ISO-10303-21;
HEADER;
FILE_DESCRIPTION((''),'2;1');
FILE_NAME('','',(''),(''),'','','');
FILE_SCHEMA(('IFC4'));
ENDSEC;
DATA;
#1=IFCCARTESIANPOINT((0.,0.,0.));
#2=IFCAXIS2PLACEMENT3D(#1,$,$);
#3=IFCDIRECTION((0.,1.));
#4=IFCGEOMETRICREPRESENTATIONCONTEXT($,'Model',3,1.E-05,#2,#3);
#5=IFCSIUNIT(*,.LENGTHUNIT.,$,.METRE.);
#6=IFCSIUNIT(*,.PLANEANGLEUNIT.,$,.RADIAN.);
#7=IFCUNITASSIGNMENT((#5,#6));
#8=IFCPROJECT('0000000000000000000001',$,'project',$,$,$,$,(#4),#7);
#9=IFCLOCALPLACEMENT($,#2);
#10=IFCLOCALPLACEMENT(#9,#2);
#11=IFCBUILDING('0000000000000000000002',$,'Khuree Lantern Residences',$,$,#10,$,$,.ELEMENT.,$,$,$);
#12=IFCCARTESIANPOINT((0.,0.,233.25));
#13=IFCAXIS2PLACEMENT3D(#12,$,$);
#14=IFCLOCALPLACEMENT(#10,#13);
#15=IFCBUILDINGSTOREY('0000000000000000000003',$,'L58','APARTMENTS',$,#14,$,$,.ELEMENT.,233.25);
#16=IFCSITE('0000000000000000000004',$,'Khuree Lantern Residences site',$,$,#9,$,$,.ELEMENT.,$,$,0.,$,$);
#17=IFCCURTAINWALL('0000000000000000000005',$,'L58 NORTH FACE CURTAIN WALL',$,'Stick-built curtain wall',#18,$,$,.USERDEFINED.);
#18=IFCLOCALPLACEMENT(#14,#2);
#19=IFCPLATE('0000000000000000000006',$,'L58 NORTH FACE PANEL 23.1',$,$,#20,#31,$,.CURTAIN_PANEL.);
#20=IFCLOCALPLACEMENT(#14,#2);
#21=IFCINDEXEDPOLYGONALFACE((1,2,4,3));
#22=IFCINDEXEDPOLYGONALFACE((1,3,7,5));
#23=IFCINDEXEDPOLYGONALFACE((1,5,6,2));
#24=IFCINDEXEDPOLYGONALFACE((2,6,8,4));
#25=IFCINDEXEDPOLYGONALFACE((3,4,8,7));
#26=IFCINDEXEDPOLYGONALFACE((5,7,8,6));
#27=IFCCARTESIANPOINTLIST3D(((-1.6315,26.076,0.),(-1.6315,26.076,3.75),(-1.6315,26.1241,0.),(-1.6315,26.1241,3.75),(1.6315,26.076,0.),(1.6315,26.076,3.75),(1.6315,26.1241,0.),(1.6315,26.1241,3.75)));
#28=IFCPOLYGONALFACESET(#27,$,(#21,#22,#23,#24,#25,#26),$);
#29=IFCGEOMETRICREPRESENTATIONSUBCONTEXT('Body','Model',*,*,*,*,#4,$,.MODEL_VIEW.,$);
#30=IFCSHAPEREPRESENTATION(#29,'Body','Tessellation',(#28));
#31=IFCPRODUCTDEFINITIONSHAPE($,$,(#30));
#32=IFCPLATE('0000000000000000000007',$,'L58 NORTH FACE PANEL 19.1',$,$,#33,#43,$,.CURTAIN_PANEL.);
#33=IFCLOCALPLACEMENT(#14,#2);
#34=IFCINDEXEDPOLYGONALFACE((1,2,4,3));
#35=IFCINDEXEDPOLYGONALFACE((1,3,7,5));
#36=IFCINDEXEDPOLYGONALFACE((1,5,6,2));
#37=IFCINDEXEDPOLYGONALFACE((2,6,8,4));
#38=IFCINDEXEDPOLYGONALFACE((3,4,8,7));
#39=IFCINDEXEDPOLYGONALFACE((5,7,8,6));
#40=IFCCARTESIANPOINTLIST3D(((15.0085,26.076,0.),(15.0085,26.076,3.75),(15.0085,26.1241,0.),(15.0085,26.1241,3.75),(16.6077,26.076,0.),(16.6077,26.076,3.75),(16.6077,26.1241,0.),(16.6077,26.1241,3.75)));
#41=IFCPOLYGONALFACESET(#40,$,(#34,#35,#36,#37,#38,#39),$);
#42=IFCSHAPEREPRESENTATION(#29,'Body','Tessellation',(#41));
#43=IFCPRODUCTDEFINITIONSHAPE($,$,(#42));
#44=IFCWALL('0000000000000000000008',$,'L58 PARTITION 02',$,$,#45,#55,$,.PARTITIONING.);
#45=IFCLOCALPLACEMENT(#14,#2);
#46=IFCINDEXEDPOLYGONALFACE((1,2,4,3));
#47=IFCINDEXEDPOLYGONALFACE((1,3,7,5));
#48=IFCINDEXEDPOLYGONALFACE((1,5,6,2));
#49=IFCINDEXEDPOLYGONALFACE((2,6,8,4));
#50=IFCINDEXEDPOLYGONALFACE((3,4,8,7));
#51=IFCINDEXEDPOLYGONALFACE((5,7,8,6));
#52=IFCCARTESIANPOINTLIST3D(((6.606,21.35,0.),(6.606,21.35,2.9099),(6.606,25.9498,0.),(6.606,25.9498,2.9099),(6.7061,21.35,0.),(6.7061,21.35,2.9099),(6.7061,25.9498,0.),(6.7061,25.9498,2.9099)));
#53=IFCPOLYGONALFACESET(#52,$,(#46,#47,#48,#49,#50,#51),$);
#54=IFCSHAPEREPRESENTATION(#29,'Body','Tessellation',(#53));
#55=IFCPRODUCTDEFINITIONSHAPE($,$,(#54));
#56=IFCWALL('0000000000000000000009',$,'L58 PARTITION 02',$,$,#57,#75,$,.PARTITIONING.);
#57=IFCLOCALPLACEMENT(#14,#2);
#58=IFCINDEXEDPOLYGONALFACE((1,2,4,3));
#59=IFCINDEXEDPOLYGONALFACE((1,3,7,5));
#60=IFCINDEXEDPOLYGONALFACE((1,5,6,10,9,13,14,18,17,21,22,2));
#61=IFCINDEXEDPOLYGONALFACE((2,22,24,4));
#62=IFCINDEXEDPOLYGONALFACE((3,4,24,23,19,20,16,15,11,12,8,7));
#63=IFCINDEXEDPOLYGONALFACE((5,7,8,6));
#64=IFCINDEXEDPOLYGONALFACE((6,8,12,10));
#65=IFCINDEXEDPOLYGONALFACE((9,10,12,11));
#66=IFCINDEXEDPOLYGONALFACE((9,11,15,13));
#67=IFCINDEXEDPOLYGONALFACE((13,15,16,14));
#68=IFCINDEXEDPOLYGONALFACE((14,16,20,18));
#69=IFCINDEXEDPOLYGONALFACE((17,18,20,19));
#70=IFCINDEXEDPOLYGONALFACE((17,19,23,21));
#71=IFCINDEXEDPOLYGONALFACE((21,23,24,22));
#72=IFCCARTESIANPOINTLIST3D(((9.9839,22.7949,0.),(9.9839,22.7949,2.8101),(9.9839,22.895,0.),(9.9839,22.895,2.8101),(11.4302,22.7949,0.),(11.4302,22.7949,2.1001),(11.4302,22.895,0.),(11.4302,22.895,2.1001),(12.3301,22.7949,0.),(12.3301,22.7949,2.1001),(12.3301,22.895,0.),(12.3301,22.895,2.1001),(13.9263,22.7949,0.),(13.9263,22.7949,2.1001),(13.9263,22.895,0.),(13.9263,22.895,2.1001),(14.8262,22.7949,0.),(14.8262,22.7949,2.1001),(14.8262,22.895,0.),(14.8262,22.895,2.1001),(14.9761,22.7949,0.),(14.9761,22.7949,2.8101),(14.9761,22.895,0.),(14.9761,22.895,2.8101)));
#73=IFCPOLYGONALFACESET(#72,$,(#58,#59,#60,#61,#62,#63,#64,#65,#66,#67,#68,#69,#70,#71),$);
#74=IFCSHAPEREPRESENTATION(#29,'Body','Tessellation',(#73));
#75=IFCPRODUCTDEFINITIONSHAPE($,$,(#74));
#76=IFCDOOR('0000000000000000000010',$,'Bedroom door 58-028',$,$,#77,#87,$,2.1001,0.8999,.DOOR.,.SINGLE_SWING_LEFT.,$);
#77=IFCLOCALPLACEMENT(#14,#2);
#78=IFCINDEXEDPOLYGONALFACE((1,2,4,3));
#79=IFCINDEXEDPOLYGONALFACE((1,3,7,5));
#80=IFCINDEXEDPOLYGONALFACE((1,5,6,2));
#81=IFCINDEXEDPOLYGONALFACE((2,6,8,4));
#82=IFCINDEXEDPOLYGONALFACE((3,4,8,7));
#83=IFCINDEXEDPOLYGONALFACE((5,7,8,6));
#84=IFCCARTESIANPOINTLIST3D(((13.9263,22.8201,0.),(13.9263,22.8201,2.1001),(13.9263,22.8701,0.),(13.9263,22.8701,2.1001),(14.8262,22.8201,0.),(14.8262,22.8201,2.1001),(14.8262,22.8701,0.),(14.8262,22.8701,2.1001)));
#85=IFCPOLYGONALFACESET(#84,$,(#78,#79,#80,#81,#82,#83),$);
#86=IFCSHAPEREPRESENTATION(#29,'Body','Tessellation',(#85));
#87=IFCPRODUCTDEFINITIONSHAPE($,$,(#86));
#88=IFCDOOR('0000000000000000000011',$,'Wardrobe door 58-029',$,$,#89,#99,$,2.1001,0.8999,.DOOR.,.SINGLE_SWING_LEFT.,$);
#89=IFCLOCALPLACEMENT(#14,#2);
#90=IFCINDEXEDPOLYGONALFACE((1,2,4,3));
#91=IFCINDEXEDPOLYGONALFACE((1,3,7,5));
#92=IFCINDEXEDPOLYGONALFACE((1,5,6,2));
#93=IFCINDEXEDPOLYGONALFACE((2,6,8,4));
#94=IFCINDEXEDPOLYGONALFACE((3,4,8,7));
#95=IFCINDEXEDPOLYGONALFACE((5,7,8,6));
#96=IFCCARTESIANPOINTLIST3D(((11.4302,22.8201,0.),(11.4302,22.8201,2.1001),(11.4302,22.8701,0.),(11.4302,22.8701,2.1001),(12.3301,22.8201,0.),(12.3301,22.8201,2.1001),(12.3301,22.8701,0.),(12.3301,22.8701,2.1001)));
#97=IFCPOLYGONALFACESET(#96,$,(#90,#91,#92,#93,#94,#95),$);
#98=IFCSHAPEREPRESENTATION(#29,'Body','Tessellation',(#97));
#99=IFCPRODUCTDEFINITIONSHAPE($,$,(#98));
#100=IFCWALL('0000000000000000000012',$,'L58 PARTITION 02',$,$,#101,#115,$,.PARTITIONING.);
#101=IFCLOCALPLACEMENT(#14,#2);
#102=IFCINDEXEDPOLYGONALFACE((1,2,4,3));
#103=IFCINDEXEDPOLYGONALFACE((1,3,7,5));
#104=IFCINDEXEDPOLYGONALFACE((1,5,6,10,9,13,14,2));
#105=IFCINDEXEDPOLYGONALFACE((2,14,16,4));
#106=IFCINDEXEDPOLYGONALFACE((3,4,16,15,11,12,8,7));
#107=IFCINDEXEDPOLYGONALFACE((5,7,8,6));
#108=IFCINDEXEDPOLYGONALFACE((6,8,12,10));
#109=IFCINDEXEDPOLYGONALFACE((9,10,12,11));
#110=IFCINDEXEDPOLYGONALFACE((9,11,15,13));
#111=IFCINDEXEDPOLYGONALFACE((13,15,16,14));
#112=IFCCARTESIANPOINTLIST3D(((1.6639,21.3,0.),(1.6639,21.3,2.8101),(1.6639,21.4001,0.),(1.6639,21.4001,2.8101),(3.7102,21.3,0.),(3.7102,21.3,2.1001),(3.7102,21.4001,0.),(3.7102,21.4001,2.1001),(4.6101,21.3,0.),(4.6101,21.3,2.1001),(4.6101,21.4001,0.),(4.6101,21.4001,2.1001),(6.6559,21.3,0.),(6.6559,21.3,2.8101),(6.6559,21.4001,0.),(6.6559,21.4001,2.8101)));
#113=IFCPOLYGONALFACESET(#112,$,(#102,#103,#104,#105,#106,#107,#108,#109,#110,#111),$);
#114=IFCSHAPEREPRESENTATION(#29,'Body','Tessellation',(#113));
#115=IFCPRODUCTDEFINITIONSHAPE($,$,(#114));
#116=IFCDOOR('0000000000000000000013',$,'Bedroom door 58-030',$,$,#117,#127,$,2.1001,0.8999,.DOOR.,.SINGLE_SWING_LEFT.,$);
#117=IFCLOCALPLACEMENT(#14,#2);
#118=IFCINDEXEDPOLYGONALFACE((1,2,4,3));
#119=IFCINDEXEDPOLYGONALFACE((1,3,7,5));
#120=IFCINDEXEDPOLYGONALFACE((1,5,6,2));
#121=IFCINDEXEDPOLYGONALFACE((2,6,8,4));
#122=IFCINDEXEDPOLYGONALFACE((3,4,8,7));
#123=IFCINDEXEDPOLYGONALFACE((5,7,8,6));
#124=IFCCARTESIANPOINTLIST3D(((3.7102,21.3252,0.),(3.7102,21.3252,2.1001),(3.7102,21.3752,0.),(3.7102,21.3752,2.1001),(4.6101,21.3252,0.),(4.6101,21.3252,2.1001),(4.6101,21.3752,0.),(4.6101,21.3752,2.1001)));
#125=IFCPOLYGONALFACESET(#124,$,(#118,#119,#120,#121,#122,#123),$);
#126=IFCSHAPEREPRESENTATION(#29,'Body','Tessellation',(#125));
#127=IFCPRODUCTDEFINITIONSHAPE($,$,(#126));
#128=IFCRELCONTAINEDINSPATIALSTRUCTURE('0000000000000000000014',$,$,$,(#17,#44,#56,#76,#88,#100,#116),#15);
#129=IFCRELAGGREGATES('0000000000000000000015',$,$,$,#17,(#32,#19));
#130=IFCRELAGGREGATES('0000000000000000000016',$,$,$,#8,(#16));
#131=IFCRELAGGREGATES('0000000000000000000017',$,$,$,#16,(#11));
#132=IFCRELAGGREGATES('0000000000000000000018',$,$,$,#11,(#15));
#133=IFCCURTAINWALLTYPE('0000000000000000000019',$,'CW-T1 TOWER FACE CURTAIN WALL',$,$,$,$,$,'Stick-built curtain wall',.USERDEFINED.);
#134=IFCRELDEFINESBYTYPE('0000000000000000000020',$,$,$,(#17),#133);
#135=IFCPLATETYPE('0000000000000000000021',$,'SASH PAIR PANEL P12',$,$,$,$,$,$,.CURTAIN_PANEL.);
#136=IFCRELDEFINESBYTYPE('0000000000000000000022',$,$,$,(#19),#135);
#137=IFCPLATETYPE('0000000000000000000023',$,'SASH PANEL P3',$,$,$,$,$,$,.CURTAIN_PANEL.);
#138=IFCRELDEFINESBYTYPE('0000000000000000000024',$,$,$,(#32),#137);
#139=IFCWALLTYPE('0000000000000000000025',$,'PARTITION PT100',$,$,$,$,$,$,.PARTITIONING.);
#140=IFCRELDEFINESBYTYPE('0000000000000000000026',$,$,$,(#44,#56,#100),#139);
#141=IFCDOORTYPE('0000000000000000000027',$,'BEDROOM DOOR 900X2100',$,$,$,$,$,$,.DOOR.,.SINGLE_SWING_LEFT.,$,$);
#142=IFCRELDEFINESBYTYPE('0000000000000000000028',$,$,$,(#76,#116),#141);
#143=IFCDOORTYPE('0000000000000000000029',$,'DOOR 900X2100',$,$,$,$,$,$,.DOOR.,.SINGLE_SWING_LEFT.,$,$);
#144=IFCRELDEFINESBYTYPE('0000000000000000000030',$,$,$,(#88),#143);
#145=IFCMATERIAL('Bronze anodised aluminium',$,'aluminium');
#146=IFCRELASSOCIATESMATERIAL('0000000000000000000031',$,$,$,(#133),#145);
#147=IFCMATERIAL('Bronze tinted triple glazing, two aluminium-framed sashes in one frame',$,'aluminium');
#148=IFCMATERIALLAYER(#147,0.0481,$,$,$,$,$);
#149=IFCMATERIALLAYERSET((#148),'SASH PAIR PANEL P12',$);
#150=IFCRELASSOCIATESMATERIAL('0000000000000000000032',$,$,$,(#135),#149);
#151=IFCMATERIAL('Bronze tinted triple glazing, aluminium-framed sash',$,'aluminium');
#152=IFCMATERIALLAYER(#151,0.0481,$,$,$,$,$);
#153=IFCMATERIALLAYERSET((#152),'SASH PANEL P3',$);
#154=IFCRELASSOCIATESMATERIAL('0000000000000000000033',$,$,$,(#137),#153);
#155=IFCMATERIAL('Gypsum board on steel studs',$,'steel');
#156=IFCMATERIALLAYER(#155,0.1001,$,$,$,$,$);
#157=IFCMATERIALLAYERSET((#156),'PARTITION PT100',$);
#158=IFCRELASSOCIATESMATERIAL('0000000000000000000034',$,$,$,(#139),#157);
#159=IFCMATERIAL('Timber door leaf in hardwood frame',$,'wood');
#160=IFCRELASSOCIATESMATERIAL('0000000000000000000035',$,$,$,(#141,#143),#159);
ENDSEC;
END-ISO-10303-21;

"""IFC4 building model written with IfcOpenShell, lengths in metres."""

from ifc_helpers import new_model, si_unit, direction, frame, frame_2d, origin, origin_2d, place, context, subcontext, project, spatial, rectangle, extrude, material, layer, layer_set, type_object, element, fill, aggregate, save


model = new_model("IFC4")

# Units and contexts
model_context = context("Model", 3, precision=1e-05, world=origin(), true_north=direction((0.0, 1.0)))
body_context = subcontext(model_context, "Body", "Model", "MODEL_VIEW")
ifc_project = project(units=[si_unit("LENGTHUNIT", "METRE"), si_unit("PLANEANGLEUNIT", "RADIAN")], contexts=[model_context])

# Site, building, storey
site_placement = place(None, origin())
site = spatial("IfcSite", under=ifc_project, at=site_placement, Name="Khuree Lantern Residences site", CompositionType="ELEMENT", RefElevation=0.0)
building_placement = place(site_placement, origin())
building = spatial("IfcBuilding", under=site, at=building_placement, Name="Khuree Lantern Residences", CompositionType="ELEMENT")
storey_placement = place(building_placement, frame((0.0, 0.0, 233.25)))
storey = spatial("IfcBuildingStorey", under=building, at=storey_placement, Name="L58", Description="APARTMENTS", CompositionType="ELEMENT", Elevation=233.25)

# Curtain wall
ifc_material_1 = material(Name="Bronze anodised aluminium", Category="aluminium")
curtain_wall_type = type_object("IfcCurtainWallType", Name="CW-T1 TOWER FACE CURTAIN WALL", ElementType="Stick-built curtain wall", PredefinedType="USERDEFINED", material=ifc_material_1)
curtain_wall_placement = place(storey_placement, origin())
curtain_wall = element("IfcCurtainWall", 1, at=curtain_wall_placement, inside=storey, type_object=curtain_wall_type, Name="L58 NORTH FACE CURTAIN WALL", ObjectType="Stick-built curtain wall", PredefinedType="USERDEFINED")

# Plates
ifc_material_2 = material(Name="Bronze tinted triple glazing, two aluminium-framed sashes in one frame", Category="aluminium")
ifc_layer_1 = layer(ifc_material_2, 0.0481)
ifc_layer_set_1 = layer_set([ifc_layer_1], Name="SASH PAIR PANEL P12")
plate_type_1 = type_object("IfcPlateType", Name="SASH PAIR PANEL P12", PredefinedType="CURTAIN_PANEL", material=ifc_layer_set_1)
plate_1_placement = place(storey_placement, frame((0.0, 26.1001, 0.0), z_axis=(0.0, 0.0, 1.0), x_axis=(-1.0, 0.0, 0.0)))
plate_1 = element("IfcPlate", 2, at=plate_1_placement, type_object=plate_type_1, Name="L58 NORTH FACE PANEL 23.1", PredefinedType="CURTAIN_PANEL", context=body_context, shape_type="SweptSolid", body=[
    extrude(rectangle(XDim=3.2629, YDim=0.0481, at=origin_2d()), origin(), (0.0, 0.0, 1.0), 3.75),
])
ifc_material_3 = material(Name="Bronze tinted triple glazing, aluminium-framed sash", Category="aluminium")
ifc_layer_2 = layer(ifc_material_3, 0.0481)
ifc_layer_set_2 = layer_set([ifc_layer_2], Name="SASH PANEL P3")
plate_type_2 = type_object("IfcPlateType", Name="SASH PANEL P3", PredefinedType="CURTAIN_PANEL", material=ifc_layer_set_2)
plate_2_placement = place(storey_placement, frame((15.8081, 26.1001, 0.0), z_axis=(0.0, 0.0, 1.0), x_axis=(-1.0, 0.0, 0.0)))
plate_2 = element("IfcPlate", 3, at=plate_2_placement, type_object=plate_type_2, Name="L58 NORTH FACE PANEL 19.1", PredefinedType="CURTAIN_PANEL", context=body_context, shape_type="SweptSolid", body=[
    extrude(rectangle(XDim=1.5991, YDim=0.0481, at=origin_2d()), origin(), (0.0, 0.0, 1.0), 3.75),
])
aggregate(curtain_wall, [plate_2, plate_1])

# Wall
ifc_material_4 = material(Name="Gypsum board on steel studs", Category="steel")
ifc_layer_3 = layer(ifc_material_4, 0.1001)
ifc_layer_set_3 = layer_set([ifc_layer_3], Name="PARTITION PT100")
wall_type = type_object("IfcWallType", Name="PARTITION PT100", PredefinedType="PARTITIONING", material=ifc_layer_set_3)
wall_1_placement = place(storey_placement, frame((6.656, 21.3501, 0.0), z_axis=(0.0, 0.0, 1.0), x_axis=(0.0, 1.0, 0.0)))
element("IfcWall", 4, at=wall_1_placement, inside=storey, type_object=wall_type, Name="L58 PARTITION 02", PredefinedType="PARTITIONING", context=body_context, shape_type="SweptSolid", body=[
    extrude(rectangle(XDim=4.5999, YDim=0.1001, at=frame_2d((2.2998, 0.0))), origin(), (0.0, 0.0, 1.0), 2.9099),
])

# Wall, openings, doors
wall_2_placement = place(storey_placement, frame((14.9761, 22.845, 0.0), z_axis=(0.0, 0.0, 1.0), x_axis=(-1.0, 0.0, 0.0)))
wall_2 = element("IfcWall", 5, at=wall_2_placement, inside=storey, type_object=wall_type, Name="L58 PARTITION 02", PredefinedType="PARTITIONING", context=body_context, shape_type="SweptSolid", body=[
    extrude(rectangle(XDim=4.9922, YDim=0.1001, at=frame_2d((2.4961, 0.0))), origin(), (0.0, 0.0, 1.0), 2.8101),
])
opening_1_placement = place(wall_2_placement, frame((0.1499, 0.0, 0.0)))
opening_1 = element("IfcOpeningElement", 6, at=opening_1_placement, cuts=wall_2, PredefinedType="OPENING", context=body_context, shape_type="SweptSolid", body=[
    extrude(rectangle(XDim=0.8999, YDim=2.1001, at=frame_2d((0.45, 1.05))), frame((0.0, 0.0601, 0.0), z_axis=(0.0, -1.0, 0.0), x_axis=(1.0, 0.0, 0.0)), (0.0, 0.0, 1.0), 0.1201),
])
opening_2_placement = place(wall_2_placement, frame((2.646, 0.0, 0.0)))
opening_2 = element("IfcOpeningElement", 7, at=opening_2_placement, cuts=wall_2, PredefinedType="OPENING", context=body_context, shape_type="SweptSolid", body=[
    extrude(rectangle(XDim=0.8999, YDim=2.1001, at=frame_2d((0.45, 1.05))), frame((0.0, 0.0601, 0.0), z_axis=(0.0, -1.0, 0.0), x_axis=(1.0, 0.0, 0.0)), (0.0, 0.0, 1.0), 0.1201),
])
ifc_material_5 = material(Name="Timber door leaf in hardwood frame", Category="wood")
door_type_1 = type_object("IfcDoorType", Name="BEDROOM DOOR 900X2100", OperationType="SINGLE_SWING_LEFT", PredefinedType="DOOR", material=ifc_material_5)
door_1_placement = place(opening_1_placement, origin())
door_1 = element("IfcDoor", 8, at=door_1_placement, inside=storey, type_object=door_type_1, Name="Bedroom door 58-028", OperationType="SINGLE_SWING_LEFT", OverallHeight=2.1001, OverallWidth=0.8999, PredefinedType="DOOR", context=body_context, shape_type="SweptSolid", body=[
    extrude(rectangle(XDim=0.8999, YDim=2.1001, at=frame_2d((0.45, 1.05))), frame((0.0, 0.0249, 0.0), z_axis=(0.0, -1.0, 0.0), x_axis=(1.0, 0.0, 0.0)), (0.0, 0.0, 1.0), 0.05),
])
fill(opening_1, door_1)
door_type_2 = type_object("IfcDoorType", Name="DOOR 900X2100", OperationType="SINGLE_SWING_LEFT", PredefinedType="DOOR", material=ifc_material_5)
door_2_placement = place(opening_2_placement, origin())
door_2 = element("IfcDoor", 9, at=door_2_placement, inside=storey, type_object=door_type_2, Name="Wardrobe door 58-029", OperationType="SINGLE_SWING_LEFT", OverallHeight=2.1001, OverallWidth=0.8999, PredefinedType="DOOR", context=body_context, shape_type="SweptSolid", body=[
    extrude(rectangle(XDim=0.8999, YDim=2.1001, at=frame_2d((0.45, 1.05))), frame((0.0, 0.0249, 0.0), z_axis=(0.0, -1.0, 0.0), x_axis=(1.0, 0.0, 0.0)), (0.0, 0.0, 1.0), 0.05),
])
fill(opening_2, door_2)

# Wall, opening, door
wall_3_placement = place(storey_placement, frame((6.656, 21.3501, 0.0), z_axis=(0.0, 0.0, 1.0), x_axis=(-1.0, 0.0, 0.0)))
wall_3 = element("IfcWall", 10, at=wall_3_placement, inside=storey, type_object=wall_type, Name="L58 PARTITION 02", PredefinedType="PARTITIONING", context=body_context, shape_type="SweptSolid", body=[
    extrude(rectangle(XDim=4.9919, YDim=0.1001, at=frame_2d((2.4961, 0.0))), origin(), (0.0, 0.0, 1.0), 2.8101),
])
opening_3_placement = place(wall_3_placement, frame((2.0459, 0.0, 0.0)))
opening_3 = element("IfcOpeningElement", 11, at=opening_3_placement, cuts=wall_3, PredefinedType="OPENING", context=body_context, shape_type="SweptSolid", body=[
    extrude(rectangle(XDim=0.8999, YDim=2.1001, at=frame_2d((0.45, 1.05))), frame((0.0, 0.0601, 0.0), z_axis=(0.0, -1.0, 0.0), x_axis=(1.0, 0.0, 0.0)), (0.0, 0.0, 1.0), 0.1201),
])
door_3_placement = place(opening_3_placement, origin())
door_3 = element("IfcDoor", 12, at=door_3_placement, inside=storey, type_object=door_type_1, Name="Bedroom door 58-030", OperationType="SINGLE_SWING_LEFT", OverallHeight=2.1001, OverallWidth=0.8999, PredefinedType="DOOR", context=body_context, shape_type="SweptSolid", body=[
    extrude(rectangle(XDim=0.8999, YDim=2.1001, at=frame_2d((0.45, 1.05))), frame((0.0, 0.0249, 0.0), z_axis=(0.0, -1.0, 0.0), x_axis=(1.0, 0.0, 0.0)), (0.0, 0.0, 1.0), 0.05),
])
fill(opening_3, door_3)

save(model, "model.ifc")
